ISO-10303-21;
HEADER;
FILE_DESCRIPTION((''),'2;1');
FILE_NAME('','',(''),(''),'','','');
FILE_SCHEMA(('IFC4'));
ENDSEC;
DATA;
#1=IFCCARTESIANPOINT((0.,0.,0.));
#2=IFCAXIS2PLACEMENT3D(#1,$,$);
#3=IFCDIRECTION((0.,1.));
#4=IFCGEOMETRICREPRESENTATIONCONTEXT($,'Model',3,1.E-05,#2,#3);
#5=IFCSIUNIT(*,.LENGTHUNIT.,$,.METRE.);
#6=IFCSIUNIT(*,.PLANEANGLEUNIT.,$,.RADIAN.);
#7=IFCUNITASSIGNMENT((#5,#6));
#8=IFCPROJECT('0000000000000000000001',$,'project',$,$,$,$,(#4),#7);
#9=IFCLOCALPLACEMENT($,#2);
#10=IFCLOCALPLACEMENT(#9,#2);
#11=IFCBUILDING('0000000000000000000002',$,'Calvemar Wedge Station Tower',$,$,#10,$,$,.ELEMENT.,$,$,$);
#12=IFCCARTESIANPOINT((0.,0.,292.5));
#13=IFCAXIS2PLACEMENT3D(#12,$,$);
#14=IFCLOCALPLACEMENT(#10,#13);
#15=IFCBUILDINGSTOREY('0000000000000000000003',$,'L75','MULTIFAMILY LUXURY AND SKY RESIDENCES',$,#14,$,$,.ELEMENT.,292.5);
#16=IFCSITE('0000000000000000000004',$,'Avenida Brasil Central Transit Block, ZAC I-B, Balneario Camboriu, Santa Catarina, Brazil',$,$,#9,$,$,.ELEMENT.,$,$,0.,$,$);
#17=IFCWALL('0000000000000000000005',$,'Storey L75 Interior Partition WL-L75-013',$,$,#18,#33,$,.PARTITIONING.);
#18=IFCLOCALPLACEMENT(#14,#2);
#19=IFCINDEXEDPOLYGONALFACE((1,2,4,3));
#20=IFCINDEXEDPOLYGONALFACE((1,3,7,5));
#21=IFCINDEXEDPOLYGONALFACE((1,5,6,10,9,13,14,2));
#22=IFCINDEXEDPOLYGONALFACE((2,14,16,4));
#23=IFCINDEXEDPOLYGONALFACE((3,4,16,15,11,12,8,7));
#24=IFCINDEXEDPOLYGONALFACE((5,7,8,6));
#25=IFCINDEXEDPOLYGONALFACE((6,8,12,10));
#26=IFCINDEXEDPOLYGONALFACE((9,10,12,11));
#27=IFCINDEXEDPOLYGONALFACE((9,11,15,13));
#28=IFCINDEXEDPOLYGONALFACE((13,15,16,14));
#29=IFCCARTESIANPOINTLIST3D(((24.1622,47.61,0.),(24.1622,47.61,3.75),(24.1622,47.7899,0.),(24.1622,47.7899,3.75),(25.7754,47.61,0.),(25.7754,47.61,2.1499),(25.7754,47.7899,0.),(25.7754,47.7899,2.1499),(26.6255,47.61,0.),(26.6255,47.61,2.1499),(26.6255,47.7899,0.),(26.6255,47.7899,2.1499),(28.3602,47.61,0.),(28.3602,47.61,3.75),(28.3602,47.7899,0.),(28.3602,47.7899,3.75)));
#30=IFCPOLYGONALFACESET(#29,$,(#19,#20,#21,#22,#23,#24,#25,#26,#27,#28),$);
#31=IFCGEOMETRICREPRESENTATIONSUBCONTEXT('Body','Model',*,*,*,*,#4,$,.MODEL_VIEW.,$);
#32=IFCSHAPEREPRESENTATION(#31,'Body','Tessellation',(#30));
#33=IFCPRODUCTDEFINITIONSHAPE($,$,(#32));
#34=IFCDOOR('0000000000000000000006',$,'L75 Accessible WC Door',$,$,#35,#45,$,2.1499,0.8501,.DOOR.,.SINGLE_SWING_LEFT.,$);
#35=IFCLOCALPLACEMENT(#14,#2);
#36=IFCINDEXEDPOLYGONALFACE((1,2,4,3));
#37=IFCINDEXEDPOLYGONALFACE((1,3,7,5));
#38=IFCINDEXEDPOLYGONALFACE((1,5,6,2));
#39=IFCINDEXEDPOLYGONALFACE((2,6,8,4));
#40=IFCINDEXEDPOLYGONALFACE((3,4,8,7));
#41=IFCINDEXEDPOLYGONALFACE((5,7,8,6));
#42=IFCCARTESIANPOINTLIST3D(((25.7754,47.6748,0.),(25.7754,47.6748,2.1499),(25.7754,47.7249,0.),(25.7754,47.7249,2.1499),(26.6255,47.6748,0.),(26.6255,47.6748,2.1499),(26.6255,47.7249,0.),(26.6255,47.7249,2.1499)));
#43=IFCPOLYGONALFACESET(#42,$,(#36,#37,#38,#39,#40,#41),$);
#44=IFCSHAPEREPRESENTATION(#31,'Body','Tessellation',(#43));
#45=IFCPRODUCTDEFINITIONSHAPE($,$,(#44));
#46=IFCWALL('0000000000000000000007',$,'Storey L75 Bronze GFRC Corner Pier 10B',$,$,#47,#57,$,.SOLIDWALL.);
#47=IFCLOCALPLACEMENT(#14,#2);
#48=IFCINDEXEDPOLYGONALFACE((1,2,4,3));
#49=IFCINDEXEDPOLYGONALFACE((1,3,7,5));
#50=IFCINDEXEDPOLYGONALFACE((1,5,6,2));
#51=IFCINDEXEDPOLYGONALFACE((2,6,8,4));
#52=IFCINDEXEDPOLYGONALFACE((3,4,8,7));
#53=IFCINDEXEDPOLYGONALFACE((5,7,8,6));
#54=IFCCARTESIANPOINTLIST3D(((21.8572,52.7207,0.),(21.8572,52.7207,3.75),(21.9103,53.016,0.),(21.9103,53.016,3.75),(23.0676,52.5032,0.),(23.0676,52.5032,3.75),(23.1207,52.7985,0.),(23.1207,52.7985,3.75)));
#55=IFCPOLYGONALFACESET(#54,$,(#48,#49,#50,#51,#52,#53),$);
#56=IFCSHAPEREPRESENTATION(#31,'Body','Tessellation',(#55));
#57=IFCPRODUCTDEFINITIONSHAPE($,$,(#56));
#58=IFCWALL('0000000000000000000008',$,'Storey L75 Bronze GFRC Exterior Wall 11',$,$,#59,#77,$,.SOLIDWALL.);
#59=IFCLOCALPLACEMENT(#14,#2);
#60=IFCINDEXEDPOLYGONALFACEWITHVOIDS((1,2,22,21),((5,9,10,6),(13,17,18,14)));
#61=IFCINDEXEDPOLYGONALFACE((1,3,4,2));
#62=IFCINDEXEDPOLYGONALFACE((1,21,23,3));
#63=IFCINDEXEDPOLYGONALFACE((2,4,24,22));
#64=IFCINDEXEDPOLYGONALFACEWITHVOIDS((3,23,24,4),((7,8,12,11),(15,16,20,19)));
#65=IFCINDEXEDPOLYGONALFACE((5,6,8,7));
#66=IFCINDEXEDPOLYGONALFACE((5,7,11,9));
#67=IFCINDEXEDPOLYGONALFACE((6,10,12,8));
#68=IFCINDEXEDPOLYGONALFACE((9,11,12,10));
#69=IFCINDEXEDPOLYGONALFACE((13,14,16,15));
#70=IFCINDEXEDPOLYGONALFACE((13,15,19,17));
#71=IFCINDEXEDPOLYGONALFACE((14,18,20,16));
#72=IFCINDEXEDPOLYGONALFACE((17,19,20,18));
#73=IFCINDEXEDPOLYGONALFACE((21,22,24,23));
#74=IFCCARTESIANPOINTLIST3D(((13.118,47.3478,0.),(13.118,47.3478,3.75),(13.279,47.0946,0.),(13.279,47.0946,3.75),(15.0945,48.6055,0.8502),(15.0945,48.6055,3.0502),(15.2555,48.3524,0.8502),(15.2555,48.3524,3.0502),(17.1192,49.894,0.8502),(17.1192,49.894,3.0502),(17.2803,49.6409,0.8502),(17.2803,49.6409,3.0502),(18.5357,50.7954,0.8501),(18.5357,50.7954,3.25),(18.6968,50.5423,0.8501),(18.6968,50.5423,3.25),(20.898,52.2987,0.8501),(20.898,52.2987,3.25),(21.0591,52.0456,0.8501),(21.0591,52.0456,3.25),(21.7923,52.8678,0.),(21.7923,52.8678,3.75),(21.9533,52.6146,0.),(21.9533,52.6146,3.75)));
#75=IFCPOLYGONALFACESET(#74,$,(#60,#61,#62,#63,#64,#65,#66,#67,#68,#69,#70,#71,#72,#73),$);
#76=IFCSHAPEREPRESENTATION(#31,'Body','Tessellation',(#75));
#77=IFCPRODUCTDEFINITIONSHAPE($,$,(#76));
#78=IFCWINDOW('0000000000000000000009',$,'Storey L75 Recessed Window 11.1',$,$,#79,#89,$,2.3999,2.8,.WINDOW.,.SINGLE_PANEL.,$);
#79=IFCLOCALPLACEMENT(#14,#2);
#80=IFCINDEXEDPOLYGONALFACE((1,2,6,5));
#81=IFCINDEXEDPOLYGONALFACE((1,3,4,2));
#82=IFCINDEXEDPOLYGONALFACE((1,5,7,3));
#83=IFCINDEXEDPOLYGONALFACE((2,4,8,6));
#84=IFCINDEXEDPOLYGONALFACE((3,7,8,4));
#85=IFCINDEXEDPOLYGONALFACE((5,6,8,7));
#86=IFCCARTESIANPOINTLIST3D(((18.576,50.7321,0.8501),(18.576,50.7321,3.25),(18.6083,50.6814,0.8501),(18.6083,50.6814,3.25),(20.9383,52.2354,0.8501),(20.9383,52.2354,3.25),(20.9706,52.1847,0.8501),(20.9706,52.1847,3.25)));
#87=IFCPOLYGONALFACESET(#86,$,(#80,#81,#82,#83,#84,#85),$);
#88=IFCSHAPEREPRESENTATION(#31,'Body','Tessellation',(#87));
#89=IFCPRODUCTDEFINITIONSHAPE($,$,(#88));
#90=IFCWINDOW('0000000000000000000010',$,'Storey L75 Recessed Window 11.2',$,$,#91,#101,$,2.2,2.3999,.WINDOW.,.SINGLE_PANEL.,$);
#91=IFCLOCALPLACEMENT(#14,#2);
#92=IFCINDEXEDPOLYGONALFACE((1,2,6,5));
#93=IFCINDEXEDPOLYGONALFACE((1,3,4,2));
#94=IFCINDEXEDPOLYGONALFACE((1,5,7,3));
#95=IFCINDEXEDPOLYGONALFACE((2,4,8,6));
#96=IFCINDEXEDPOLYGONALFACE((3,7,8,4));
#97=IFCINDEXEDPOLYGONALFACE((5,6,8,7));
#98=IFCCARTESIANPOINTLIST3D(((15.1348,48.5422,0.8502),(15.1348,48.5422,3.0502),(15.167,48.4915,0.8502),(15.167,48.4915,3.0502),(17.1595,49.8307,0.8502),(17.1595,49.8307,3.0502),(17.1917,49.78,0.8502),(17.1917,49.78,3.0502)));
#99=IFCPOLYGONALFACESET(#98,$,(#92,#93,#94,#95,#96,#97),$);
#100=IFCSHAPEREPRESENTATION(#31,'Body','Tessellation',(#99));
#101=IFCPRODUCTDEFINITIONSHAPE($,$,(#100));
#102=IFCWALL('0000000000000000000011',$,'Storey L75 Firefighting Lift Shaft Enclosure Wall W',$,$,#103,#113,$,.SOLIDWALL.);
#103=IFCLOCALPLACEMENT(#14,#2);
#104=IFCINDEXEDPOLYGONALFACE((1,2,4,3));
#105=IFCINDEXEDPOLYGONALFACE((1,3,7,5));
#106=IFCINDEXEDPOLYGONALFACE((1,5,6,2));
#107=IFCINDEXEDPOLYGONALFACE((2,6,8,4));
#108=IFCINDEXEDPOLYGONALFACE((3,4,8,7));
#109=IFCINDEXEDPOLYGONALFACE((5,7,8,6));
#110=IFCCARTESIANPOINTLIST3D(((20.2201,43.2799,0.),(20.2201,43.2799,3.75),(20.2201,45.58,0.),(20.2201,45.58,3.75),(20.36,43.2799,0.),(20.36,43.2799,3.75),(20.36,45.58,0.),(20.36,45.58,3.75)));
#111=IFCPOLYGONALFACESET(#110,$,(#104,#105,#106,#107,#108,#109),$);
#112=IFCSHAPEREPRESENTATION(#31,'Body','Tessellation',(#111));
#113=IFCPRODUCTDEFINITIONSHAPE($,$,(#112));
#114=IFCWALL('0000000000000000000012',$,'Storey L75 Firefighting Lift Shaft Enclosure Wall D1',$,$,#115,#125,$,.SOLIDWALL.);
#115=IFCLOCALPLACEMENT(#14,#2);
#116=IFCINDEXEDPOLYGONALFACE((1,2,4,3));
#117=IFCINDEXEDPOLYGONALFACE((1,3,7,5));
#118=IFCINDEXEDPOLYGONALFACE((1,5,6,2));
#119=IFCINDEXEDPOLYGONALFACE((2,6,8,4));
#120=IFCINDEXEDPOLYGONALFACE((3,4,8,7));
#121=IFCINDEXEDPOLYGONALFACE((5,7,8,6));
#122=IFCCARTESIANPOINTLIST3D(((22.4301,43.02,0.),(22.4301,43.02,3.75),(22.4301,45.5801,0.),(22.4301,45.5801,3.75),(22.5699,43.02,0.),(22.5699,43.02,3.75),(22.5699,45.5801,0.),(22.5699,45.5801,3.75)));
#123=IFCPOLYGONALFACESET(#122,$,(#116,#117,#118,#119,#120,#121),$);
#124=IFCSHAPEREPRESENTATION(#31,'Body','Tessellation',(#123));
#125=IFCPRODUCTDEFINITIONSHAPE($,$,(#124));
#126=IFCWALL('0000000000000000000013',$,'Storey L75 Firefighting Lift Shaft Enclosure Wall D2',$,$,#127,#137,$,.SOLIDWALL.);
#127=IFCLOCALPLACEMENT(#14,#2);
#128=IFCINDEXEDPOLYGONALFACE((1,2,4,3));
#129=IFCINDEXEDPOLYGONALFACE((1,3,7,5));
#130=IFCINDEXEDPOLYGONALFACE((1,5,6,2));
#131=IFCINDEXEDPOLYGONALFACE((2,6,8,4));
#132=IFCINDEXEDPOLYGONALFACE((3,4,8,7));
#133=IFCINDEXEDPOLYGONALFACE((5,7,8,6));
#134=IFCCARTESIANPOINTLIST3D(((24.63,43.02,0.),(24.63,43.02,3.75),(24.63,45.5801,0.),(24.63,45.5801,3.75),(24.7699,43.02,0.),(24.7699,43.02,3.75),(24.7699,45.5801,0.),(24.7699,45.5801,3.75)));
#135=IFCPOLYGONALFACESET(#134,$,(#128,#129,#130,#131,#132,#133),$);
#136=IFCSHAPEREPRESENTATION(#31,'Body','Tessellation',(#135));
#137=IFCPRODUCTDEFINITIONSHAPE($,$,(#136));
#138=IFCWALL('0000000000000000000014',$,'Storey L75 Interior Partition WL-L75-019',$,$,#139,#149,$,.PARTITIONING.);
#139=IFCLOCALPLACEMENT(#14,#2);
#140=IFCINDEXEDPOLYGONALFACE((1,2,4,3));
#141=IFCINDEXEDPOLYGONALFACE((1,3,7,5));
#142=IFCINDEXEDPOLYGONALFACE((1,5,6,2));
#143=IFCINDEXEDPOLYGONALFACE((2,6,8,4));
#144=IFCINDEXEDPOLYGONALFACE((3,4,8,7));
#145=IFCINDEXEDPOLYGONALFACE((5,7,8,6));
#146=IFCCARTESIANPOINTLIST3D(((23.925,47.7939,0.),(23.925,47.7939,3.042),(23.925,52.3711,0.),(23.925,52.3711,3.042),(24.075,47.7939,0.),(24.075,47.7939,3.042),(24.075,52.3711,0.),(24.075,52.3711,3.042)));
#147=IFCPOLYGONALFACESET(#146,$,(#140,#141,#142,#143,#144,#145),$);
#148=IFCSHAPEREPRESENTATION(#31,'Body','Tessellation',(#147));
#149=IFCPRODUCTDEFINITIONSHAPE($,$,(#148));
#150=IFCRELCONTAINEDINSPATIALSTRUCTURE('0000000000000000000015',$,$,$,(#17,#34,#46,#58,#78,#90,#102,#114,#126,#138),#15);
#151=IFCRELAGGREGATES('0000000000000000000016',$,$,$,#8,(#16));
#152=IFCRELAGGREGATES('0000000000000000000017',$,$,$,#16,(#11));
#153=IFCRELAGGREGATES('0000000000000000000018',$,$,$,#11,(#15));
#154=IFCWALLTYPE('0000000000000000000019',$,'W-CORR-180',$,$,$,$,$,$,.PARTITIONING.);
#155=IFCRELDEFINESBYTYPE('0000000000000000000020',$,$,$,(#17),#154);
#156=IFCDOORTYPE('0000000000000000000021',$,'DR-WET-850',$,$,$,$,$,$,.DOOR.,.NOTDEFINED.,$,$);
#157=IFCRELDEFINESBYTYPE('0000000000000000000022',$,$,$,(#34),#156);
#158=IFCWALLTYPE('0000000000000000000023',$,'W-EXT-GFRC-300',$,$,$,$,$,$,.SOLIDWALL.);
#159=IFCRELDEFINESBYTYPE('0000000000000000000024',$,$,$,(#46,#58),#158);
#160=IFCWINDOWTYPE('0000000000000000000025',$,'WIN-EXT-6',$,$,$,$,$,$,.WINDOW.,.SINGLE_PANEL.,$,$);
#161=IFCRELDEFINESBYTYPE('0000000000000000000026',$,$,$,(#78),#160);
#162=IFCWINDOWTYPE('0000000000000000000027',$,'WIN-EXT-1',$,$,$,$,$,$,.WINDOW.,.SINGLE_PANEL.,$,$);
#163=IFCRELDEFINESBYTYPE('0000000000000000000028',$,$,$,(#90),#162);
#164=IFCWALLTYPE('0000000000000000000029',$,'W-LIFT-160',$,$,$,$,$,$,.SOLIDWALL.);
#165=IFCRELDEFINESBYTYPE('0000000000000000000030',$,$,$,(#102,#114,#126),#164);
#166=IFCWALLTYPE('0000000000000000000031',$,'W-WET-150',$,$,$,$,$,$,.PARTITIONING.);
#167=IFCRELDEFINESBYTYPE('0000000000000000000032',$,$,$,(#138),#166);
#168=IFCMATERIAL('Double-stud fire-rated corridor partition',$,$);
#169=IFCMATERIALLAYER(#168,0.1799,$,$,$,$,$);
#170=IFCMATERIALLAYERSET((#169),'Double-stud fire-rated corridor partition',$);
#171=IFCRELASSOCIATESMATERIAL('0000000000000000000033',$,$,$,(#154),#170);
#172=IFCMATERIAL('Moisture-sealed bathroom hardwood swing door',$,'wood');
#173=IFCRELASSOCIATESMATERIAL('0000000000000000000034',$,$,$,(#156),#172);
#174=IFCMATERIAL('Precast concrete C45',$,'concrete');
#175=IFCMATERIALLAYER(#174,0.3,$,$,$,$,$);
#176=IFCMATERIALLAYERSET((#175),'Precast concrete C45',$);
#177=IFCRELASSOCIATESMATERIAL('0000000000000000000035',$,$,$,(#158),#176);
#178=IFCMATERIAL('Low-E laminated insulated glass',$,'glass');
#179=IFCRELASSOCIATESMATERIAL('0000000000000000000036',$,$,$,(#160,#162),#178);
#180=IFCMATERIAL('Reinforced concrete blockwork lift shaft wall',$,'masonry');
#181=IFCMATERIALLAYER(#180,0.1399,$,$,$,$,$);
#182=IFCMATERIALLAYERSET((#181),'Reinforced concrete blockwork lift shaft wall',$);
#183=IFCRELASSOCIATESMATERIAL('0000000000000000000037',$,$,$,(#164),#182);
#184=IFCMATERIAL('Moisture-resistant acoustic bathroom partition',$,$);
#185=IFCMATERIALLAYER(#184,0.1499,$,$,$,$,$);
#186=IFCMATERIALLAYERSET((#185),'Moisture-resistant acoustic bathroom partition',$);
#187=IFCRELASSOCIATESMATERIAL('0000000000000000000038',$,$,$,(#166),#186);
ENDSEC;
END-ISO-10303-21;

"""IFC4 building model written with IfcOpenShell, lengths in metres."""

from ifc_helpers import new_model, si_unit, direction, frame, frame_2d, origin, place, context, subcontext, project, spatial, rectangle, extrude, source, transform, mapped, material, layer, layer_set, type_object, element, fill, save


model = new_model("IFC4")

# Units and contexts
model_context = context("Model", 3, precision=1e-05, world=origin(), true_north=direction((0.0, 1.0)))
body_context = subcontext(model_context, "Body", "Model", "MODEL_VIEW")
ifc_project = project(units=[si_unit("LENGTHUNIT", "METRE"), si_unit("PLANEANGLEUNIT", "RADIAN")], contexts=[model_context])

# Site, building, storey
site_placement = place(None, origin())
site = spatial("IfcSite", under=ifc_project, at=site_placement, Name="Avenida Brasil Central Transit Block, ZAC I-B, Balneario Camboriu, Santa Catarina, Brazil", CompositionType="ELEMENT", RefElevation=0.0)
building_placement = place(site_placement, origin())
building = spatial("IfcBuilding", under=site, at=building_placement, Name="Calvemar Wedge Station Tower", CompositionType="ELEMENT")
storey_placement = place(building_placement, frame((0.0, 0.0, 292.5)))
storey = spatial("IfcBuildingStorey", under=building, at=storey_placement, Name="L75", Description="MULTIFAMILY LUXURY AND SKY RESIDENCES", CompositionType="ELEMENT", Elevation=292.5)

# Shared definitions
ifc_material_1 = material(Name="Low-E laminated insulated glass", Category="glass")

# Shared definitions
ifc_material_2 = material(Name="Double-stud fire-rated corridor partition")
ifc_layer_1 = layer(ifc_material_2, 0.1799)
ifc_layer_set_1 = layer_set([ifc_layer_1], Name="Double-stud fire-rated corridor partition")
wall_type_1 = type_object("IfcWallType", Name="W-CORR-180", PredefinedType="PARTITIONING", material=ifc_layer_set_1)

# Wall, opening, door
shared_shape_1 = source(origin(), body_context, "Body", "SweptSolid", [
    extrude(rectangle(XDim=0.8501, YDim=2.1499, at=frame_2d((0.425, 1.075))), frame((0.0, 0.1001, 0.0), z_axis=(0.0, -1.0, 0.0), x_axis=(1.0, 0.0, 0.0)), (0.0, 0.0, 1.0), 0.2),
])
wall_1_placement = place(storey_placement, frame((24.1621, 47.7, 0.0), z_axis=(0.0, 0.0, 1.0), x_axis=(1.0, 0.0, 0.0)))
wall_1 = element("IfcWall", 1, at=wall_1_placement, inside=storey, type_object=wall_type_1, Name="Storey L75 Interior Partition WL-L75-013", PredefinedType="PARTITIONING", context=body_context, shape_type="SweptSolid", body=[
    extrude(rectangle(XDim=4.198, YDim=0.1799, at=frame_2d((2.0991, 0.0))), origin(), (0.0, 0.0, 1.0), 3.75),
])
opening_1_placement = place(wall_1_placement, frame((1.6133, 0.0, 0.0)))
opening_1 = element("IfcOpeningElement", 2, at=opening_1_placement, cuts=wall_1, PredefinedType="OPENING", context=body_context, shape_type="MappedRepresentation", body=[
    mapped(shared_shape_1, transform((0.0, 0.0, 0.0), scale=1.0)),
])
ifc_material_3 = material(Name="Moisture-sealed bathroom hardwood swing door", Category="wood")
door_type_1 = type_object("IfcDoorType", Name="DR-WET-850", OperationType="NOTDEFINED", PredefinedType="DOOR", material=ifc_material_3)
shared_shape_2 = source(origin(), body_context, "Body", "SweptSolid", [
    extrude(rectangle(XDim=0.8501, YDim=2.1499, at=frame_2d((0.425, 1.075))), frame((0.0, 0.0249, 0.0), z_axis=(0.0, -1.0, 0.0), x_axis=(1.0, 0.0, 0.0)), (0.0, 0.0, 1.0), 0.05),
])
door_1_placement = place(opening_1_placement, origin())
door_1 = element("IfcDoor", 3, at=door_1_placement, inside=storey, type_object=door_type_1, Name="L75 Accessible WC Door", OperationType="SINGLE_SWING_LEFT", OverallHeight=2.1499, OverallWidth=0.8501, PredefinedType="DOOR", context=body_context, shape_type="MappedRepresentation", body=[
    mapped(shared_shape_2, transform((0.0, 0.0, 0.0), scale=1.0)),
])
fill(opening_1, door_1)

# Wall
ifc_material_4 = material(Name="Precast concrete C45", Category="concrete")
ifc_layer_2 = layer(ifc_material_4, 0.3)
ifc_layer_set_2 = layer_set([ifc_layer_2], Name="Precast concrete C45")
wall_type_2 = type_object("IfcWallType", Name="W-EXT-GFRC-300", PredefinedType="SOLIDWALL", material=ifc_layer_set_2)
wall_2_placement = place(storey_placement, frame((23.094, 52.6509, 0.0), z_axis=(0.0, 0.0, 1.0), x_axis=(-0.984233, 0.176876, 0.0)))
element("IfcWall", 4, at=wall_2_placement, inside=storey, type_object=wall_type_2, Name="Storey L75 Bronze GFRC Corner Pier 10B", PredefinedType="SOLIDWALL", context=body_context, shape_type="SweptSolid", body=[
    extrude(rectangle(XDim=1.2297, YDim=0.3, at=frame_2d((0.6147, 0.0))), origin(), (0.0, 0.0, 1.0), 3.75),
])

# Wall, openings, windows
wall_3_placement = place(storey_placement, frame((21.8728, 52.7412, 0.0), z_axis=(0.0, 0.0, 1.0), x_axis=(-0.843661, -0.536875, 0.0)))
wall_3 = element("IfcWall", 5, at=wall_3_placement, inside=storey, type_object=wall_type_2, Name="Storey L75 Bronze GFRC Exterior Wall 11", PredefinedType="SOLIDWALL", context=body_context, shape_type="SweptSolid", body=[
    extrude(rectangle(XDim=10.2817, YDim=0.3, at=frame_2d((5.1409, 0.0))), origin(), (0.0, 0.0, 1.0), 3.75),
])
shared_shape_3 = source(origin(), body_context, "Body", "SweptSolid", [
    extrude(rectangle(XDim=2.8, YDim=2.3999, at=frame_2d((1.3999, 1.2))), frame((0.0, 0.1602, 0.0), z_axis=(0.0, -1.0, 0.0), x_axis=(1.0, 0.0, 0.0)), (0.0, 0.0, 1.0), 0.3201),
])
opening_2_placement = place(wall_3_placement, frame((1.0601, 0.0, 0.8501)))
opening_2 = element("IfcOpeningElement", 6, at=opening_2_placement, cuts=wall_3, PredefinedType="OPENING", context=body_context, shape_type="MappedRepresentation", body=[
    mapped(shared_shape_3, transform((0.0, 0.0, 0.0), scale=1.0)),
])
shared_shape_4 = source(origin(), body_context, "Body", "SweptSolid", [
    extrude(rectangle(XDim=2.3999, YDim=2.2, at=frame_2d((1.2, 1.1001))), frame((0.0, 0.1602, 0.0), z_axis=(0.0, -1.0, 0.0), x_axis=(1.0, 0.0, 0.0)), (0.0, 0.0, 1.0), 0.3201),
])
opening_3_placement = place(wall_3_placement, frame((5.5391, 0.0, 0.8501)))
opening_3 = element("IfcOpeningElement", 7, at=opening_3_placement, cuts=wall_3, PredefinedType="OPENING", context=body_context, shape_type="MappedRepresentation", body=[
    mapped(shared_shape_4, transform((0.0, 0.0, 0.0), scale=1.0)),
])
window_type_1 = type_object("IfcWindowType", Name="WIN-EXT-6", PartitioningType="SINGLE_PANEL", PredefinedType="WINDOW", material=ifc_material_1)
shared_shape_5 = source(origin(), body_context, "Body", "SweptSolid", [
    extrude(rectangle(XDim=2.8, YDim=2.3999, at=frame_2d((1.3999, 1.2))), frame((0.0, -0.0149, 0.0), z_axis=(0.0, -1.0, 0.0), x_axis=(1.0, 0.0, 0.0)), (0.0, 0.0, 1.0), 0.0601),
])
window_1_placement = place(opening_2_placement, origin())
window_1 = element("IfcWindow", 8, at=window_1_placement, inside=storey, type_object=window_type_1, Name="Storey L75 Recessed Window 11.1", OverallHeight=2.3999, OverallWidth=2.8, PartitioningType="SINGLE_PANEL", PredefinedType="WINDOW", context=body_context, shape_type="MappedRepresentation", body=[
    mapped(shared_shape_5, transform((0.0, 0.0, 0.0), scale=1.0)),
])
fill(opening_2, window_1)
window_type_2 = type_object("IfcWindowType", Name="WIN-EXT-1", PartitioningType="SINGLE_PANEL", PredefinedType="WINDOW", material=ifc_material_1)
shared_shape_6 = source(origin(), body_context, "Body", "SweptSolid", [
    extrude(rectangle(XDim=2.3999, YDim=2.2, at=frame_2d((1.2, 1.1001))), frame((0.0, -0.0149, 0.0), z_axis=(0.0, -1.0, 0.0), x_axis=(1.0, 0.0, 0.0)), (0.0, 0.0, 1.0), 0.0601),
])
window_2_placement = place(opening_3_placement, origin())
window_2 = element("IfcWindow", 9, at=window_2_placement, inside=storey, type_object=window_type_2, Name="Storey L75 Recessed Window 11.2", OverallHeight=2.2, OverallWidth=2.3999, PartitioningType="SINGLE_PANEL", PredefinedType="WINDOW", context=body_context, shape_type="MappedRepresentation", body=[
    mapped(shared_shape_6, transform((0.0, 0.0, 0.0), scale=1.0)),
])
fill(opening_3, window_2)

# Shared definitions
ifc_material_5 = material(Name="Reinforced concrete blockwork lift shaft wall", Category="masonry")
ifc_layer_3 = layer(ifc_material_5, 0.1399)
ifc_layer_set_3 = layer_set([ifc_layer_3], Name="Reinforced concrete blockwork lift shaft wall")
wall_type_3 = type_object("IfcWallType", Name="W-LIFT-160", PredefinedType="SOLIDWALL", material=ifc_layer_set_3)

# Walls
wall_4_placement = place(storey_placement, frame((20.29, 43.28, 0.0), z_axis=(0.0, 0.0, 1.0), x_axis=(0.0, 1.0, 0.0)))
element("IfcWall", 10, at=wall_4_placement, inside=storey, type_object=wall_type_3, Name="Storey L75 Firefighting Lift Shaft Enclosure Wall W", PredefinedType="SOLIDWALL", context=body_context, shape_type="SweptSolid", body=[
    extrude(rectangle(XDim=2.3, YDim=0.1399, at=frame_2d((1.1499, 0.0))), origin(), (0.0, 0.0, 1.0), 3.75),
])
for number, where, z_axis, x_axis, name in (
    (11, (22.5, 43.02, 0.0), (0.0, 0.0, 1.0), (0.0, 1.0, 0.0), "Storey L75 Firefighting Lift Shaft Enclosure Wall D1"),
    (12, (24.7, 43.02, 0.0), (0.0, 0.0, 1.0), (0.0, 1.0, 0.0), "Storey L75 Firefighting Lift Shaft Enclosure Wall D2"),
):
    element("IfcWall", number, at=place(storey_placement, frame(where, z_axis=z_axis, x_axis=x_axis)), inside=storey, type_object=wall_type_3, Name=name, PredefinedType="SOLIDWALL", context=body_context, shape_type="SweptSolid", body=[
        extrude(rectangle(XDim=2.5601, YDim=0.1399, at=frame_2d((1.28, 0.0))), origin(), (0.0, 0.0, 1.0), 3.75),
    ])
ifc_material_6 = material(Name="Moisture-resistant acoustic bathroom partition")
ifc_layer_4 = layer(ifc_material_6, 0.1499)
ifc_layer_set_4 = layer_set([ifc_layer_4], Name="Moisture-resistant acoustic bathroom partition")
wall_type_4 = type_object("IfcWallType", Name="W-WET-150", PredefinedType="PARTITIONING", material=ifc_layer_set_4)
wall_5_placement = place(storey_placement, frame((24.0, 52.3711, 0.0), z_axis=(0.0, 0.0, 1.0), x_axis=(0.0, -1.0, 0.0)))
element("IfcWall", 13, at=wall_5_placement, inside=storey, type_object=wall_type_4, Name="Storey L75 Interior Partition WL-L75-019", PredefinedType="PARTITIONING", context=body_context, shape_type="SweptSolid", body=[
    extrude(rectangle(XDim=4.5771, YDim=0.1499, at=frame_2d((2.2886, 0.0))), origin(), (0.0, 0.0, 1.0), 3.042),
])

save(model, "model.ifc")
